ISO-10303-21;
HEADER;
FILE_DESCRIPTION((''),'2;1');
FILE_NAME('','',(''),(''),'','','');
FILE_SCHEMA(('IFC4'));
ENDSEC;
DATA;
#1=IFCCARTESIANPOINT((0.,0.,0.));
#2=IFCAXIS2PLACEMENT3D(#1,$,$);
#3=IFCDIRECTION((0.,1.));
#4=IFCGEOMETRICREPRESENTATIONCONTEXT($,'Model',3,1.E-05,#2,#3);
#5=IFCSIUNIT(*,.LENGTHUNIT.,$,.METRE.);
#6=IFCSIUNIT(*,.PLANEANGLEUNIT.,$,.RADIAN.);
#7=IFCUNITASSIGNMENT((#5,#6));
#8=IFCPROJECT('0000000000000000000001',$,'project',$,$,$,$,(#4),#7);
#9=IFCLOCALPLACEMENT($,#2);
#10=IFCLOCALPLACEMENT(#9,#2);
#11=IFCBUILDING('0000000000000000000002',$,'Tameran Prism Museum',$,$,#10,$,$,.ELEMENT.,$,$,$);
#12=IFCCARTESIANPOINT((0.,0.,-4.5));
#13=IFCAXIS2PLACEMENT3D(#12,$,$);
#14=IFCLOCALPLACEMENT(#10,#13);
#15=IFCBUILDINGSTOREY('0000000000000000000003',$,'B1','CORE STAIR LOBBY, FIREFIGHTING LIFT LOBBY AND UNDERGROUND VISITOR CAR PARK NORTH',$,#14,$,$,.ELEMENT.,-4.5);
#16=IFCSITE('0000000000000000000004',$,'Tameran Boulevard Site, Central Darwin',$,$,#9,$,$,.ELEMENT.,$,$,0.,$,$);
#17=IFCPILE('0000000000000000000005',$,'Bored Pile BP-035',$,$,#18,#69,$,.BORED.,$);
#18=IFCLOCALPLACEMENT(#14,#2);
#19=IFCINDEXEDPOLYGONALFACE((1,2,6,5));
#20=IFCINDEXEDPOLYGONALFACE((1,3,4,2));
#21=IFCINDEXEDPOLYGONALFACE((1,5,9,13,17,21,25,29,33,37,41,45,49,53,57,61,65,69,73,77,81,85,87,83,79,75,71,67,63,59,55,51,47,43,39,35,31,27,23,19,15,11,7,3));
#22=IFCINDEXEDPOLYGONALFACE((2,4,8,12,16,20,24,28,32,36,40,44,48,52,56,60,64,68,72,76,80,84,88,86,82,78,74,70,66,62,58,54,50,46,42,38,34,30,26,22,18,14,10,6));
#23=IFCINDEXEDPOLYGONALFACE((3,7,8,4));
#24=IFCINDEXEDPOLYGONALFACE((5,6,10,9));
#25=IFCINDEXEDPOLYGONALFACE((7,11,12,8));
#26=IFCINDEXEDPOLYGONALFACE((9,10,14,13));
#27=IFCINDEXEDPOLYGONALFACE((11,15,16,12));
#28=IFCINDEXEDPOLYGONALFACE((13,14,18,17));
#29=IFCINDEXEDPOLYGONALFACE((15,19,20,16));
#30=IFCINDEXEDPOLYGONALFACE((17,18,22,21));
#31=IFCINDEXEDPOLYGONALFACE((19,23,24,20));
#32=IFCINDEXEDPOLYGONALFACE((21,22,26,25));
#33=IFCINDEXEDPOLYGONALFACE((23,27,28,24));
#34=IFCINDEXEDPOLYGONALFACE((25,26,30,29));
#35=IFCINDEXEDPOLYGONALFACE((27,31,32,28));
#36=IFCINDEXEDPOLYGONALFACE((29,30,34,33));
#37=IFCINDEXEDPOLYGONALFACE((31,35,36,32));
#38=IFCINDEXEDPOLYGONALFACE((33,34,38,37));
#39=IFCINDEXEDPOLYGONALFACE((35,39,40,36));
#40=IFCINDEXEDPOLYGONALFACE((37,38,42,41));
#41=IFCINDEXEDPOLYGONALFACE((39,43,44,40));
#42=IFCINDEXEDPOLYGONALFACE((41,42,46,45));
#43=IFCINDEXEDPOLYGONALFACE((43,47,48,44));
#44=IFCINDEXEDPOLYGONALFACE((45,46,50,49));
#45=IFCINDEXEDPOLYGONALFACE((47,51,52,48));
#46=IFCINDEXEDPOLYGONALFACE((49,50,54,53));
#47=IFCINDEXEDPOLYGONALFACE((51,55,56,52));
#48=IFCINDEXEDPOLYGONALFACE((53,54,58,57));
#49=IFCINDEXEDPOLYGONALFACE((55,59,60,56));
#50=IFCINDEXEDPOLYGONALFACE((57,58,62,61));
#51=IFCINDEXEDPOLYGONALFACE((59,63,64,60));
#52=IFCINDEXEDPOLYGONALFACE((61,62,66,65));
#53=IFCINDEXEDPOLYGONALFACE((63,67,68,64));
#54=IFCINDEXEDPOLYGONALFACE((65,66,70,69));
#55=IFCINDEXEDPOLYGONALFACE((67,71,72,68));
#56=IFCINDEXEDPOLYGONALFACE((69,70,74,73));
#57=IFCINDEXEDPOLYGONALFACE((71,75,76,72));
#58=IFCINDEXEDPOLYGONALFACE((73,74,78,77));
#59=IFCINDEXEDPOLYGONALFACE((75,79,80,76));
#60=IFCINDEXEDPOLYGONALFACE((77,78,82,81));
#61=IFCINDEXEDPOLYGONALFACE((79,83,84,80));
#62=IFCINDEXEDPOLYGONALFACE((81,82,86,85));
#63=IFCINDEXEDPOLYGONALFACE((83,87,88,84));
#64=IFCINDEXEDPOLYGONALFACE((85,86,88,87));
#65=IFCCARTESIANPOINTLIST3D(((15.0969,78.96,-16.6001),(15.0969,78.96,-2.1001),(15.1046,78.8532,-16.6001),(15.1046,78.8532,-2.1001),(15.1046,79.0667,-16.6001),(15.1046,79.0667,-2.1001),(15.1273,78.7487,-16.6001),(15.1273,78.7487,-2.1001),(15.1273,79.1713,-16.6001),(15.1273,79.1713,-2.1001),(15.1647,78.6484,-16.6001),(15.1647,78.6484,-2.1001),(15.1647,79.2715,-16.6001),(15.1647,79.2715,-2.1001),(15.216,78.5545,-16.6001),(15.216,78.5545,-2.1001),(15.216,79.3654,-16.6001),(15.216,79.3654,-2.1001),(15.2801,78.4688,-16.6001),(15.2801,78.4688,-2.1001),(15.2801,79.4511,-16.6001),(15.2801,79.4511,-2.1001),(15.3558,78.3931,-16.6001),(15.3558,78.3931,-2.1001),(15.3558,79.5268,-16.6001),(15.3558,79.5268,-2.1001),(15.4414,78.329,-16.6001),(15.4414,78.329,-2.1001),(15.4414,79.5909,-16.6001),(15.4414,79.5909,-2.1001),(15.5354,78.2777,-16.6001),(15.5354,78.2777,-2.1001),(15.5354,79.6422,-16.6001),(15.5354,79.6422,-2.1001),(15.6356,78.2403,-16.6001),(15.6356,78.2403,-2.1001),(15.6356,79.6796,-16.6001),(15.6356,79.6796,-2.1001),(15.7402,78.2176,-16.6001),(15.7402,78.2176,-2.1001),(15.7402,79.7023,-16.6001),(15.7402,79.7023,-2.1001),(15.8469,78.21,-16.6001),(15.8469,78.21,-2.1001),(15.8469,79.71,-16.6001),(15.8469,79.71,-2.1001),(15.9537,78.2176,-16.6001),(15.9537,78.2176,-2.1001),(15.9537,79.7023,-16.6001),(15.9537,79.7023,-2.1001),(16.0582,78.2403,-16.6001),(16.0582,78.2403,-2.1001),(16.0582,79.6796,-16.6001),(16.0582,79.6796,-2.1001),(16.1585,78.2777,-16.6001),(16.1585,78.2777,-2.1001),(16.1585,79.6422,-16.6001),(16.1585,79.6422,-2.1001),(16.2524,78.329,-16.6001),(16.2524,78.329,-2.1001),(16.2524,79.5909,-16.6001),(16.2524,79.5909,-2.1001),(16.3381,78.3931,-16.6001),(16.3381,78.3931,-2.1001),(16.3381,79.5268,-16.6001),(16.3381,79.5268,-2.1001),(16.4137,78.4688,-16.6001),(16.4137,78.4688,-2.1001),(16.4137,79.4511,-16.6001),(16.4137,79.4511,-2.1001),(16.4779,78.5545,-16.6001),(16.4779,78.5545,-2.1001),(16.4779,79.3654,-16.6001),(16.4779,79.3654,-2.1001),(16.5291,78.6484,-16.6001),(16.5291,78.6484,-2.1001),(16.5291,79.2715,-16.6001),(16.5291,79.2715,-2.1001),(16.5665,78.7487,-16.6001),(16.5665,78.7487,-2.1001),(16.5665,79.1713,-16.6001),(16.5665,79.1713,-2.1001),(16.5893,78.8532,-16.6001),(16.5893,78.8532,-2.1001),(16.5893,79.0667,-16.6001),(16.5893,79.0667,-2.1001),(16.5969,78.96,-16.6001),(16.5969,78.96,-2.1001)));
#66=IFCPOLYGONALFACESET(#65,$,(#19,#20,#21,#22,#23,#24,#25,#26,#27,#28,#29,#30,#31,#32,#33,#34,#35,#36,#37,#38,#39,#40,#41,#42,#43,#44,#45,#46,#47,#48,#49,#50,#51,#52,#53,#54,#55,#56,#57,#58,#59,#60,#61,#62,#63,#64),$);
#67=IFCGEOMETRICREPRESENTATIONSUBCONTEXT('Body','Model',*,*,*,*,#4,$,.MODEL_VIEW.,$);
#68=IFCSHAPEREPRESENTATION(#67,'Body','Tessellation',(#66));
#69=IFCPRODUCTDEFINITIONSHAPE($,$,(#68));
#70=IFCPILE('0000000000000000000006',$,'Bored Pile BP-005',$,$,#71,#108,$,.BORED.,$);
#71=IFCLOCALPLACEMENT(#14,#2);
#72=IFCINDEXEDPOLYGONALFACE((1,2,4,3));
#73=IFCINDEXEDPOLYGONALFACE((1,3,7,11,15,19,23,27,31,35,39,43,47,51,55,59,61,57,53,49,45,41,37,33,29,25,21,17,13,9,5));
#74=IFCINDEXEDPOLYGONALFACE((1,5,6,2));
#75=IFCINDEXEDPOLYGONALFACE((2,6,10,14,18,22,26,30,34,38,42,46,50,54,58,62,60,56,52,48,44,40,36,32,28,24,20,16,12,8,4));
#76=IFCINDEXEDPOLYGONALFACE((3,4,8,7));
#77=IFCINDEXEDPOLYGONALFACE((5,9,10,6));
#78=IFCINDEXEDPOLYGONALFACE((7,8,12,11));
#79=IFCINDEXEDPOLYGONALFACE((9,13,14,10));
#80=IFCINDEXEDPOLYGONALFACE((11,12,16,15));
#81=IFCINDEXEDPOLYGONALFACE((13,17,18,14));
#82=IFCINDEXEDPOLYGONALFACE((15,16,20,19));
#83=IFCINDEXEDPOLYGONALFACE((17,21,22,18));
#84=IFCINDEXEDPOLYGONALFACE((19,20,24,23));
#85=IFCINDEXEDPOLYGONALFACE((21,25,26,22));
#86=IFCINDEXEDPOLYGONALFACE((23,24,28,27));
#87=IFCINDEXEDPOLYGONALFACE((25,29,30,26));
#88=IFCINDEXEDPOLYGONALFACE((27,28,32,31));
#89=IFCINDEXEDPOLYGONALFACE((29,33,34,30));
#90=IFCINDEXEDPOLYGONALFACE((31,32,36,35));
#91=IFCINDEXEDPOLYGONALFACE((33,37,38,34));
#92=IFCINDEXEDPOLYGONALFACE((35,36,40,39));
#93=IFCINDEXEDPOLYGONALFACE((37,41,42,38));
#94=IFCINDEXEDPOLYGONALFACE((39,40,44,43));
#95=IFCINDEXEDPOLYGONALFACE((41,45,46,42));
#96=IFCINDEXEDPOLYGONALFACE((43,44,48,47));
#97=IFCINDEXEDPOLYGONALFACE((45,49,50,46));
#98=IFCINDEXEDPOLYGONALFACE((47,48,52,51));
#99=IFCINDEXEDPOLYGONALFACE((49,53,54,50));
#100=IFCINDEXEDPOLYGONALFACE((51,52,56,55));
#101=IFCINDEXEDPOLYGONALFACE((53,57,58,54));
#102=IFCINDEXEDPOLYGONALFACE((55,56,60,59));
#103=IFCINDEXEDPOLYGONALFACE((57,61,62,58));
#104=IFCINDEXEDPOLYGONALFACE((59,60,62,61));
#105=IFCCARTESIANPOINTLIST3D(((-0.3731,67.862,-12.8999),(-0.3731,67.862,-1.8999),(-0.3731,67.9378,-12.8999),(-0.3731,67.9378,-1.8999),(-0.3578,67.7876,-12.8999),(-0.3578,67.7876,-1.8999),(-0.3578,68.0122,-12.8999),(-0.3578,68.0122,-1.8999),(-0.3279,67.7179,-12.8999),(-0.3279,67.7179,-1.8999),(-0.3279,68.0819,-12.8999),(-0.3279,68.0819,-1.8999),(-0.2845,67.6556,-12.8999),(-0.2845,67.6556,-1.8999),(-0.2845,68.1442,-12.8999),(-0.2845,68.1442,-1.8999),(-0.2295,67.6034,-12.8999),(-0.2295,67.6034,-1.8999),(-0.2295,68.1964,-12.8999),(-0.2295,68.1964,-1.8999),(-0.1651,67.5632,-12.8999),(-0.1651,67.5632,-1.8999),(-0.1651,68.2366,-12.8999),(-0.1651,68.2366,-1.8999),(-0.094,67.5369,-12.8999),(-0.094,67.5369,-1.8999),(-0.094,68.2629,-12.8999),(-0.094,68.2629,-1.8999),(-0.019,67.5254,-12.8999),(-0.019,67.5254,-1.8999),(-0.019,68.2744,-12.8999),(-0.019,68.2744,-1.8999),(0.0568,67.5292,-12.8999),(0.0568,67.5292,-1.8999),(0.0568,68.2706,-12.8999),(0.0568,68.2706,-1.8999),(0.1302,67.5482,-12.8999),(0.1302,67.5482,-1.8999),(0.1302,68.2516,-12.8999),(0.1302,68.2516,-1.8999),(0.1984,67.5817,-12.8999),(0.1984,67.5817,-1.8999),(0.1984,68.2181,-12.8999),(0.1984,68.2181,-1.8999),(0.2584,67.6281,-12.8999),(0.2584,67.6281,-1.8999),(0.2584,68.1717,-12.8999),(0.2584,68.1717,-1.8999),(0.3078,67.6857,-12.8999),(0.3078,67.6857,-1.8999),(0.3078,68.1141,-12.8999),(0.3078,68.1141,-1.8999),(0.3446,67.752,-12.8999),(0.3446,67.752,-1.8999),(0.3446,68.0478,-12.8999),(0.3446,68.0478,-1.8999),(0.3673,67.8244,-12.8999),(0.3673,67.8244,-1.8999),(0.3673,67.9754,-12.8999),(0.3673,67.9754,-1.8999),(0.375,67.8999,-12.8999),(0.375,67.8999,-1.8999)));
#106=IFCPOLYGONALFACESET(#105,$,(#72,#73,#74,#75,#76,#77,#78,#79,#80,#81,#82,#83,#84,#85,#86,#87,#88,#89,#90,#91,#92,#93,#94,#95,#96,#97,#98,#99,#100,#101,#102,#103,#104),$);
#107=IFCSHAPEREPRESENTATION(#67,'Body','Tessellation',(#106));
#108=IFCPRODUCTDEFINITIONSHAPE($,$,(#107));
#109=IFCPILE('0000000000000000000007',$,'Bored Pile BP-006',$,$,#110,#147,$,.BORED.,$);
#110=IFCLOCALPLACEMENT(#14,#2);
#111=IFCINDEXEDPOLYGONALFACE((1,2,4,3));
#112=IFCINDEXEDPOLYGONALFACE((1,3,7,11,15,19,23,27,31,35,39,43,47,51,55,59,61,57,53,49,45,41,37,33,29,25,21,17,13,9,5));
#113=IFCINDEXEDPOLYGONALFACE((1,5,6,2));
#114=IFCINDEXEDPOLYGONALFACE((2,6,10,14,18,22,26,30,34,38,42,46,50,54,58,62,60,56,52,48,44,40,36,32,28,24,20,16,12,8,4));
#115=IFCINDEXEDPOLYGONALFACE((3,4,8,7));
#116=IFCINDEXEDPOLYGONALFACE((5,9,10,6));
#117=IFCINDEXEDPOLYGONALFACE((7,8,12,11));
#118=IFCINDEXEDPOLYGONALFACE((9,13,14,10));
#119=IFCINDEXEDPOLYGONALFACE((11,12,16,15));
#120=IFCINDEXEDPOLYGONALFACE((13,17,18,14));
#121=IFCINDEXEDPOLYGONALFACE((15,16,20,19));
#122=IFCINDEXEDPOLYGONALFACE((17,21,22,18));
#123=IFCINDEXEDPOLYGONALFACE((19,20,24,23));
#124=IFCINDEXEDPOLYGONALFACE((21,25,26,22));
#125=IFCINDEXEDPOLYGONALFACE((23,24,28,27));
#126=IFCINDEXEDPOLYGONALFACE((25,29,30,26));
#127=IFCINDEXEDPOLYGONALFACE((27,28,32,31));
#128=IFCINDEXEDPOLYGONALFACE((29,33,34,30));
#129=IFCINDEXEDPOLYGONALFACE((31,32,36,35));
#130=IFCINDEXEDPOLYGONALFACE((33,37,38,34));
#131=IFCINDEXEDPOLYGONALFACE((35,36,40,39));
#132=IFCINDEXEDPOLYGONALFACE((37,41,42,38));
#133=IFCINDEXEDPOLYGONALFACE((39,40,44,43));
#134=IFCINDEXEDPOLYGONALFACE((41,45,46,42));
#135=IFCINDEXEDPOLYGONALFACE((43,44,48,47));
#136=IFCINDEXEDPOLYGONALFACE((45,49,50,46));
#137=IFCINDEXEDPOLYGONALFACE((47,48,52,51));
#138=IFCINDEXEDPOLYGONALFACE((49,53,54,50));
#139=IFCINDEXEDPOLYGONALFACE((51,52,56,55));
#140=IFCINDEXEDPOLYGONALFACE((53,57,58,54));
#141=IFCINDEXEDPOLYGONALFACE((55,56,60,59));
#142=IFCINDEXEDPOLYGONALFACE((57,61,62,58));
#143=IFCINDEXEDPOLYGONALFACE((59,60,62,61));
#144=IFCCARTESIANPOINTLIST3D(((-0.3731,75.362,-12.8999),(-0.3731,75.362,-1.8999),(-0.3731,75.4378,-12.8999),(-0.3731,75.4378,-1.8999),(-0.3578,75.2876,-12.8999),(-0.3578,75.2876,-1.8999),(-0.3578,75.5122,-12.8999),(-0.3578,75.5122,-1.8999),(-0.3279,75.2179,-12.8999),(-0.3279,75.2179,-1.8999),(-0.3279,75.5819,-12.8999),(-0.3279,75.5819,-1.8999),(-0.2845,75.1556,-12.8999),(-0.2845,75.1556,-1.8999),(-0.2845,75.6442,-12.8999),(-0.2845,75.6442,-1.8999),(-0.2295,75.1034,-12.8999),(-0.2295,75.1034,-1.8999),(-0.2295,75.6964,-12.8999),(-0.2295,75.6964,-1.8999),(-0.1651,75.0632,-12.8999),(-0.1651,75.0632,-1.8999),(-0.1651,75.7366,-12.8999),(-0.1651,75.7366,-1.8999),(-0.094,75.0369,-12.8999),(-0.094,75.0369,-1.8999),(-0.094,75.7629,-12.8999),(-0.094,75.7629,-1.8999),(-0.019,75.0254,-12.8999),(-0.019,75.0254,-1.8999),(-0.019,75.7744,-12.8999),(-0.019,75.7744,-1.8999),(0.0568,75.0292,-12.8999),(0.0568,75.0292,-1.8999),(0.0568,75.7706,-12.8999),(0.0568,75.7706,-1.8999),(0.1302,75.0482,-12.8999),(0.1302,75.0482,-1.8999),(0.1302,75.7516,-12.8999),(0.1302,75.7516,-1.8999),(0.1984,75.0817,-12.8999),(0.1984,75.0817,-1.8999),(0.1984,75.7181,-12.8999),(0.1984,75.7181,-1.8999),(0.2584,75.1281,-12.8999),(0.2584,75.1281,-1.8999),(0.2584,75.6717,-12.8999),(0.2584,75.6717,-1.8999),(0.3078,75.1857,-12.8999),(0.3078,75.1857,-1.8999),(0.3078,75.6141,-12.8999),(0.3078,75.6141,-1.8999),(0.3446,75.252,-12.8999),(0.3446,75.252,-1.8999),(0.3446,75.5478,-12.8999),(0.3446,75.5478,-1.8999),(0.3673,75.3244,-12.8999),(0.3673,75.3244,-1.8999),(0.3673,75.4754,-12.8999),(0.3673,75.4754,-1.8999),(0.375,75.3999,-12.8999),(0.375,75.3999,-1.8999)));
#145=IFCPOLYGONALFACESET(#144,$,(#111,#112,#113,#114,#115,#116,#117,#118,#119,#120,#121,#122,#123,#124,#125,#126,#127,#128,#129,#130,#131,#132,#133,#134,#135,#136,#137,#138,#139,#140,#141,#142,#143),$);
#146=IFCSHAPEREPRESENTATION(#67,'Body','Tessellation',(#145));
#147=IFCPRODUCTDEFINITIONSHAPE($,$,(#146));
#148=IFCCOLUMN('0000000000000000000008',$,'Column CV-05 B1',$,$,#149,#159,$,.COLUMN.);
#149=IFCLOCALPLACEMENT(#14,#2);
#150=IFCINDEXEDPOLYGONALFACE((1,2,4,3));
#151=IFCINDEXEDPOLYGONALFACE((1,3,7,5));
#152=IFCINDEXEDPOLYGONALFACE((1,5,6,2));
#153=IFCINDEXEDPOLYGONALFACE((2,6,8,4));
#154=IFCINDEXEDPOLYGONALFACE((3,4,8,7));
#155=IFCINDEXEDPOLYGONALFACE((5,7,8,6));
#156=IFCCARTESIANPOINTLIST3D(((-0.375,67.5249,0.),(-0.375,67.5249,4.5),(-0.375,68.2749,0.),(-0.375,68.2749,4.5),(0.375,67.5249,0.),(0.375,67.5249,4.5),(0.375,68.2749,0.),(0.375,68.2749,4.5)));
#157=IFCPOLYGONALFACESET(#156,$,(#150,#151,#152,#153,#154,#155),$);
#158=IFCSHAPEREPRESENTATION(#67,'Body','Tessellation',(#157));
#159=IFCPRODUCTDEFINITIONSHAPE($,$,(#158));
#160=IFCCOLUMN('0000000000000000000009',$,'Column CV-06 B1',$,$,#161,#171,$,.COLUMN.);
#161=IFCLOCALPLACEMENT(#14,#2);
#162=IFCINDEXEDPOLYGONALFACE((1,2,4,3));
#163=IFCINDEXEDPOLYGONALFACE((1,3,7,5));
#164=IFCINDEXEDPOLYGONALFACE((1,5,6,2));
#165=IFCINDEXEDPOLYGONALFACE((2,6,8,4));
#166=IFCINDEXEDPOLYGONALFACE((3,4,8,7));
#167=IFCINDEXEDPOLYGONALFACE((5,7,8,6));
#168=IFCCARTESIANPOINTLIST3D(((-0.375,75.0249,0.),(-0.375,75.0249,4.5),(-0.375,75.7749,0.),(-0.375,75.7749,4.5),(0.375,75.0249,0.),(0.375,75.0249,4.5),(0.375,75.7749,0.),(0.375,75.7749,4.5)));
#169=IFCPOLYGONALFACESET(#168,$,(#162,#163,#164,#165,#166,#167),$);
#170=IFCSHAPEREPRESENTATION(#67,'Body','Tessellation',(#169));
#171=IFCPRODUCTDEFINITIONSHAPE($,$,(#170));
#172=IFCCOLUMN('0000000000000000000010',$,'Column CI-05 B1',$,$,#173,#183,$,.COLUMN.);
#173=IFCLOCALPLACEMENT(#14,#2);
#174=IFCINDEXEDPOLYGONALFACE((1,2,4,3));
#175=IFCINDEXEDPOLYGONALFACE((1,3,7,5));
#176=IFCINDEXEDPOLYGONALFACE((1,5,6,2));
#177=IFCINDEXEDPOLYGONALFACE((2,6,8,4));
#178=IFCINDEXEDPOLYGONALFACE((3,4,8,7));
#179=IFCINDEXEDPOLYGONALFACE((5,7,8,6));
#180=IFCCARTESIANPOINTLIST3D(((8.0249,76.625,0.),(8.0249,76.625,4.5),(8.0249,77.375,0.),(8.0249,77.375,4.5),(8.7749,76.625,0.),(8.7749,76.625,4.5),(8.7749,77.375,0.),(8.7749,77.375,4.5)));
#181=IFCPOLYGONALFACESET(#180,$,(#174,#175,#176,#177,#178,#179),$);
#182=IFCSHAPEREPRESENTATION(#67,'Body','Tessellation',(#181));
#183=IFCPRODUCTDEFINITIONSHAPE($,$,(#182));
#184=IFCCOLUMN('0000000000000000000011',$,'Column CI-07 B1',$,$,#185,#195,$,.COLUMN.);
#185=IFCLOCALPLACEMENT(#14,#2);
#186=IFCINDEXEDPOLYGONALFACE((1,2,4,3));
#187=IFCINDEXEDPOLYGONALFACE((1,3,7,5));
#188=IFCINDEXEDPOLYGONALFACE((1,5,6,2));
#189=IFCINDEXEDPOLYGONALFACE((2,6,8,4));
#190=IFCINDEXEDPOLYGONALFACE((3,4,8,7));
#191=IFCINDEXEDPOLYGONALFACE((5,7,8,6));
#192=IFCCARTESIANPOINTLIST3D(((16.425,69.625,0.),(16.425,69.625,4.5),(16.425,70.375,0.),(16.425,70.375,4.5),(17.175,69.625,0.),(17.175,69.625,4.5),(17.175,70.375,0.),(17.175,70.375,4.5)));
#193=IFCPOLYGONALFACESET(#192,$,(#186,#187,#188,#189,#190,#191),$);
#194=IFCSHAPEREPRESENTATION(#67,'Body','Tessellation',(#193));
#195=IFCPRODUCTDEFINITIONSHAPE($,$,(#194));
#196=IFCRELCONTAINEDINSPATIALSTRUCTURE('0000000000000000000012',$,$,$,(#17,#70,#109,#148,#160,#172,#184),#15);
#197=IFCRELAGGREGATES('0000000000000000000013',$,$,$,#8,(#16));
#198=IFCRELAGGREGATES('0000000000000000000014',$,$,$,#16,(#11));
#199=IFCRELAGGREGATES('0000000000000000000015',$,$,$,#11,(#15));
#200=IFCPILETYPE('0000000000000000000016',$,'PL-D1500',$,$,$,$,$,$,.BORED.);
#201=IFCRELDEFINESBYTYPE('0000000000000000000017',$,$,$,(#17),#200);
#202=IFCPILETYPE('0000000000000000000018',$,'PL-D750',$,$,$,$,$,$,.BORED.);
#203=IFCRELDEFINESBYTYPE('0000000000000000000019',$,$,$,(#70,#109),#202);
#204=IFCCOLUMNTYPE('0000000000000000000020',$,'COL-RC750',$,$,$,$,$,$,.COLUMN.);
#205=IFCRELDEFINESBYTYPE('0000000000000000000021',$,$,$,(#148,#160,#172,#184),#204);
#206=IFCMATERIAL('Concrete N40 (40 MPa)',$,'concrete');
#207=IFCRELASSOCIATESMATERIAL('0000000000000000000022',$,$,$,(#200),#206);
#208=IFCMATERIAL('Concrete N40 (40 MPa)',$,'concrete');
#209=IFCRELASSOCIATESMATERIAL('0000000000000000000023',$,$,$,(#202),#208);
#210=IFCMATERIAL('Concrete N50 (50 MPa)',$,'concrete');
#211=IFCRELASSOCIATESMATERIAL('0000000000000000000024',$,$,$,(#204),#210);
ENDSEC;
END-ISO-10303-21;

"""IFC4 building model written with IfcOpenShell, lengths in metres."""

from ifc_helpers import new_model, si_unit, direction, frame, origin, origin_2d, place, context, subcontext, project, spatial, rectangle, circle, extrude, material, material_profile, profile_set, type_object, element, save


model = new_model("IFC4")

# Units and contexts
model_context = context("Model", 3, precision=1e-05, world=origin(), true_north=direction((0.0, 1.0)))
body_context = subcontext(model_context, "Body", "Model", "MODEL_VIEW")
ifc_project = project(units=[si_unit("LENGTHUNIT", "METRE"), si_unit("PLANEANGLEUNIT", "RADIAN")], contexts=[model_context])

# Site, building, storey
site_placement = place(None, origin())
site = spatial("IfcSite", under=ifc_project, at=site_placement, Name="Tameran Boulevard Site, Central Darwin", CompositionType="ELEMENT", RefElevation=0.0)
building_placement = place(site_placement, origin())
building = spatial("IfcBuilding", under=site, at=building_placement, Name="Tameran Prism Museum", CompositionType="ELEMENT")
storey_placement = place(building_placement, frame((0.0, 0.0, -4.5)))
storey = spatial("IfcBuildingStorey", under=building, at=storey_placement, Name="B1", Description="CORE STAIR LOBBY, FIREFIGHTING LIFT LOBBY AND UNDERGROUND VISITOR CAR PARK NORTH", CompositionType="ELEMENT", Elevation=-4.5)

# Piles
ifc_material_1 = material(Name="Concrete N40 (40 MPa)", Category="concrete")
ifc_material_profile_1 = material_profile(ifc_material_1, circle(Radius=0.75, at=origin_2d()))
ifc_profile_set_1 = profile_set([ifc_material_profile_1])
pile_type_1 = type_object("IfcPileType", Name="PL-D1500", PredefinedType="BORED", material=ifc_profile_set_1)
for number, where, z_axis, x_axis, name in (
    (1, (15.8469, 78.96, -2.1001), (0.0, 0.0, -1.0), (1.0, 0.0, 0.0), "Bored Pile BP-035"),
):
    element("IfcPile", number, at=place(storey_placement, frame(where, z_axis=z_axis, x_axis=x_axis)), inside=storey, type_object=pile_type_1, Name=name, PredefinedType="BORED", context=body_context, shape_type="SweptSolid", body=[
        extrude(circle(Radius=0.75, at=origin_2d()), origin(), (0.0, 0.0, 1.0), 14.5),
    ])
ifc_material_2 = material(Name="Concrete N40 (40 MPa)", Category="concrete")
ifc_material_profile_2 = material_profile(ifc_material_2, circle(Radius=0.375, at=origin_2d()))
ifc_profile_set_2 = profile_set([ifc_material_profile_2])
pile_type_2 = type_object("IfcPileType", Name="PL-D750", PredefinedType="BORED", material=ifc_profile_set_2)
for number, where, z_axis, x_axis, name in (
    (2, (0.0, 67.8999, -1.8999), (0.0, 0.0, -1.0), (1.0, 0.0, 0.0), "Bored Pile BP-005"),
    (3, (0.0, 75.3999, -1.8999), (0.0, 0.0, -1.0), (1.0, 0.0, 0.0), "Bored Pile BP-006"),
):
    element("IfcPile", number, at=place(storey_placement, frame(where, z_axis=z_axis, x_axis=x_axis)), inside=storey, type_object=pile_type_2, Name=name, PredefinedType="BORED", context=body_context, shape_type="SweptSolid", body=[
        extrude(circle(Radius=0.375, at=origin_2d()), origin(), (0.0, 0.0, 1.0), 11.0),
    ])

# Columns
ifc_material_3 = material(Name="Concrete N50 (50 MPa)", Category="concrete")
ifc_material_profile_3 = material_profile(ifc_material_3, rectangle(XDim=0.75, YDim=0.75, at=origin_2d()))
ifc_profile_set_3 = profile_set([ifc_material_profile_3])
column_type_1 = type_object("IfcColumnType", Name="COL-RC750", PredefinedType="COLUMN", material=ifc_profile_set_3)
for number, where, z_axis, x_axis, name in (
    (4, (0.0, 67.8999, 0.0), (0.0, 0.0, 1.0), (1.0, 0.0, 0.0), "Column CV-05 B1"),
    (5, (0.0, 75.3999, 0.0), (0.0, 0.0, 1.0), (1.0, 0.0, 0.0), "Column CV-06 B1"),
    (6, (8.3999, 77.0, 0.0), (0.0, 0.0, 1.0), (1.0, 0.0, 0.0), "Column CI-05 B1"),
    (7, (16.8, 70.0, 0.0), (0.0, 0.0, 1.0), (1.0, 0.0, 0.0), "Column CI-07 B1"),
):
    element("IfcColumn", number, at=place(storey_placement, frame(where, z_axis=z_axis, x_axis=x_axis)), inside=storey, type_object=column_type_1, Name=name, PredefinedType="COLUMN", context=body_context, shape_type="SweptSolid", body=[
        extrude(rectangle(XDim=0.75, YDim=0.75, at=origin_2d()), origin(), (0.0, 0.0, 1.0), 4.5),
    ])

save(model, "model.ifc")
